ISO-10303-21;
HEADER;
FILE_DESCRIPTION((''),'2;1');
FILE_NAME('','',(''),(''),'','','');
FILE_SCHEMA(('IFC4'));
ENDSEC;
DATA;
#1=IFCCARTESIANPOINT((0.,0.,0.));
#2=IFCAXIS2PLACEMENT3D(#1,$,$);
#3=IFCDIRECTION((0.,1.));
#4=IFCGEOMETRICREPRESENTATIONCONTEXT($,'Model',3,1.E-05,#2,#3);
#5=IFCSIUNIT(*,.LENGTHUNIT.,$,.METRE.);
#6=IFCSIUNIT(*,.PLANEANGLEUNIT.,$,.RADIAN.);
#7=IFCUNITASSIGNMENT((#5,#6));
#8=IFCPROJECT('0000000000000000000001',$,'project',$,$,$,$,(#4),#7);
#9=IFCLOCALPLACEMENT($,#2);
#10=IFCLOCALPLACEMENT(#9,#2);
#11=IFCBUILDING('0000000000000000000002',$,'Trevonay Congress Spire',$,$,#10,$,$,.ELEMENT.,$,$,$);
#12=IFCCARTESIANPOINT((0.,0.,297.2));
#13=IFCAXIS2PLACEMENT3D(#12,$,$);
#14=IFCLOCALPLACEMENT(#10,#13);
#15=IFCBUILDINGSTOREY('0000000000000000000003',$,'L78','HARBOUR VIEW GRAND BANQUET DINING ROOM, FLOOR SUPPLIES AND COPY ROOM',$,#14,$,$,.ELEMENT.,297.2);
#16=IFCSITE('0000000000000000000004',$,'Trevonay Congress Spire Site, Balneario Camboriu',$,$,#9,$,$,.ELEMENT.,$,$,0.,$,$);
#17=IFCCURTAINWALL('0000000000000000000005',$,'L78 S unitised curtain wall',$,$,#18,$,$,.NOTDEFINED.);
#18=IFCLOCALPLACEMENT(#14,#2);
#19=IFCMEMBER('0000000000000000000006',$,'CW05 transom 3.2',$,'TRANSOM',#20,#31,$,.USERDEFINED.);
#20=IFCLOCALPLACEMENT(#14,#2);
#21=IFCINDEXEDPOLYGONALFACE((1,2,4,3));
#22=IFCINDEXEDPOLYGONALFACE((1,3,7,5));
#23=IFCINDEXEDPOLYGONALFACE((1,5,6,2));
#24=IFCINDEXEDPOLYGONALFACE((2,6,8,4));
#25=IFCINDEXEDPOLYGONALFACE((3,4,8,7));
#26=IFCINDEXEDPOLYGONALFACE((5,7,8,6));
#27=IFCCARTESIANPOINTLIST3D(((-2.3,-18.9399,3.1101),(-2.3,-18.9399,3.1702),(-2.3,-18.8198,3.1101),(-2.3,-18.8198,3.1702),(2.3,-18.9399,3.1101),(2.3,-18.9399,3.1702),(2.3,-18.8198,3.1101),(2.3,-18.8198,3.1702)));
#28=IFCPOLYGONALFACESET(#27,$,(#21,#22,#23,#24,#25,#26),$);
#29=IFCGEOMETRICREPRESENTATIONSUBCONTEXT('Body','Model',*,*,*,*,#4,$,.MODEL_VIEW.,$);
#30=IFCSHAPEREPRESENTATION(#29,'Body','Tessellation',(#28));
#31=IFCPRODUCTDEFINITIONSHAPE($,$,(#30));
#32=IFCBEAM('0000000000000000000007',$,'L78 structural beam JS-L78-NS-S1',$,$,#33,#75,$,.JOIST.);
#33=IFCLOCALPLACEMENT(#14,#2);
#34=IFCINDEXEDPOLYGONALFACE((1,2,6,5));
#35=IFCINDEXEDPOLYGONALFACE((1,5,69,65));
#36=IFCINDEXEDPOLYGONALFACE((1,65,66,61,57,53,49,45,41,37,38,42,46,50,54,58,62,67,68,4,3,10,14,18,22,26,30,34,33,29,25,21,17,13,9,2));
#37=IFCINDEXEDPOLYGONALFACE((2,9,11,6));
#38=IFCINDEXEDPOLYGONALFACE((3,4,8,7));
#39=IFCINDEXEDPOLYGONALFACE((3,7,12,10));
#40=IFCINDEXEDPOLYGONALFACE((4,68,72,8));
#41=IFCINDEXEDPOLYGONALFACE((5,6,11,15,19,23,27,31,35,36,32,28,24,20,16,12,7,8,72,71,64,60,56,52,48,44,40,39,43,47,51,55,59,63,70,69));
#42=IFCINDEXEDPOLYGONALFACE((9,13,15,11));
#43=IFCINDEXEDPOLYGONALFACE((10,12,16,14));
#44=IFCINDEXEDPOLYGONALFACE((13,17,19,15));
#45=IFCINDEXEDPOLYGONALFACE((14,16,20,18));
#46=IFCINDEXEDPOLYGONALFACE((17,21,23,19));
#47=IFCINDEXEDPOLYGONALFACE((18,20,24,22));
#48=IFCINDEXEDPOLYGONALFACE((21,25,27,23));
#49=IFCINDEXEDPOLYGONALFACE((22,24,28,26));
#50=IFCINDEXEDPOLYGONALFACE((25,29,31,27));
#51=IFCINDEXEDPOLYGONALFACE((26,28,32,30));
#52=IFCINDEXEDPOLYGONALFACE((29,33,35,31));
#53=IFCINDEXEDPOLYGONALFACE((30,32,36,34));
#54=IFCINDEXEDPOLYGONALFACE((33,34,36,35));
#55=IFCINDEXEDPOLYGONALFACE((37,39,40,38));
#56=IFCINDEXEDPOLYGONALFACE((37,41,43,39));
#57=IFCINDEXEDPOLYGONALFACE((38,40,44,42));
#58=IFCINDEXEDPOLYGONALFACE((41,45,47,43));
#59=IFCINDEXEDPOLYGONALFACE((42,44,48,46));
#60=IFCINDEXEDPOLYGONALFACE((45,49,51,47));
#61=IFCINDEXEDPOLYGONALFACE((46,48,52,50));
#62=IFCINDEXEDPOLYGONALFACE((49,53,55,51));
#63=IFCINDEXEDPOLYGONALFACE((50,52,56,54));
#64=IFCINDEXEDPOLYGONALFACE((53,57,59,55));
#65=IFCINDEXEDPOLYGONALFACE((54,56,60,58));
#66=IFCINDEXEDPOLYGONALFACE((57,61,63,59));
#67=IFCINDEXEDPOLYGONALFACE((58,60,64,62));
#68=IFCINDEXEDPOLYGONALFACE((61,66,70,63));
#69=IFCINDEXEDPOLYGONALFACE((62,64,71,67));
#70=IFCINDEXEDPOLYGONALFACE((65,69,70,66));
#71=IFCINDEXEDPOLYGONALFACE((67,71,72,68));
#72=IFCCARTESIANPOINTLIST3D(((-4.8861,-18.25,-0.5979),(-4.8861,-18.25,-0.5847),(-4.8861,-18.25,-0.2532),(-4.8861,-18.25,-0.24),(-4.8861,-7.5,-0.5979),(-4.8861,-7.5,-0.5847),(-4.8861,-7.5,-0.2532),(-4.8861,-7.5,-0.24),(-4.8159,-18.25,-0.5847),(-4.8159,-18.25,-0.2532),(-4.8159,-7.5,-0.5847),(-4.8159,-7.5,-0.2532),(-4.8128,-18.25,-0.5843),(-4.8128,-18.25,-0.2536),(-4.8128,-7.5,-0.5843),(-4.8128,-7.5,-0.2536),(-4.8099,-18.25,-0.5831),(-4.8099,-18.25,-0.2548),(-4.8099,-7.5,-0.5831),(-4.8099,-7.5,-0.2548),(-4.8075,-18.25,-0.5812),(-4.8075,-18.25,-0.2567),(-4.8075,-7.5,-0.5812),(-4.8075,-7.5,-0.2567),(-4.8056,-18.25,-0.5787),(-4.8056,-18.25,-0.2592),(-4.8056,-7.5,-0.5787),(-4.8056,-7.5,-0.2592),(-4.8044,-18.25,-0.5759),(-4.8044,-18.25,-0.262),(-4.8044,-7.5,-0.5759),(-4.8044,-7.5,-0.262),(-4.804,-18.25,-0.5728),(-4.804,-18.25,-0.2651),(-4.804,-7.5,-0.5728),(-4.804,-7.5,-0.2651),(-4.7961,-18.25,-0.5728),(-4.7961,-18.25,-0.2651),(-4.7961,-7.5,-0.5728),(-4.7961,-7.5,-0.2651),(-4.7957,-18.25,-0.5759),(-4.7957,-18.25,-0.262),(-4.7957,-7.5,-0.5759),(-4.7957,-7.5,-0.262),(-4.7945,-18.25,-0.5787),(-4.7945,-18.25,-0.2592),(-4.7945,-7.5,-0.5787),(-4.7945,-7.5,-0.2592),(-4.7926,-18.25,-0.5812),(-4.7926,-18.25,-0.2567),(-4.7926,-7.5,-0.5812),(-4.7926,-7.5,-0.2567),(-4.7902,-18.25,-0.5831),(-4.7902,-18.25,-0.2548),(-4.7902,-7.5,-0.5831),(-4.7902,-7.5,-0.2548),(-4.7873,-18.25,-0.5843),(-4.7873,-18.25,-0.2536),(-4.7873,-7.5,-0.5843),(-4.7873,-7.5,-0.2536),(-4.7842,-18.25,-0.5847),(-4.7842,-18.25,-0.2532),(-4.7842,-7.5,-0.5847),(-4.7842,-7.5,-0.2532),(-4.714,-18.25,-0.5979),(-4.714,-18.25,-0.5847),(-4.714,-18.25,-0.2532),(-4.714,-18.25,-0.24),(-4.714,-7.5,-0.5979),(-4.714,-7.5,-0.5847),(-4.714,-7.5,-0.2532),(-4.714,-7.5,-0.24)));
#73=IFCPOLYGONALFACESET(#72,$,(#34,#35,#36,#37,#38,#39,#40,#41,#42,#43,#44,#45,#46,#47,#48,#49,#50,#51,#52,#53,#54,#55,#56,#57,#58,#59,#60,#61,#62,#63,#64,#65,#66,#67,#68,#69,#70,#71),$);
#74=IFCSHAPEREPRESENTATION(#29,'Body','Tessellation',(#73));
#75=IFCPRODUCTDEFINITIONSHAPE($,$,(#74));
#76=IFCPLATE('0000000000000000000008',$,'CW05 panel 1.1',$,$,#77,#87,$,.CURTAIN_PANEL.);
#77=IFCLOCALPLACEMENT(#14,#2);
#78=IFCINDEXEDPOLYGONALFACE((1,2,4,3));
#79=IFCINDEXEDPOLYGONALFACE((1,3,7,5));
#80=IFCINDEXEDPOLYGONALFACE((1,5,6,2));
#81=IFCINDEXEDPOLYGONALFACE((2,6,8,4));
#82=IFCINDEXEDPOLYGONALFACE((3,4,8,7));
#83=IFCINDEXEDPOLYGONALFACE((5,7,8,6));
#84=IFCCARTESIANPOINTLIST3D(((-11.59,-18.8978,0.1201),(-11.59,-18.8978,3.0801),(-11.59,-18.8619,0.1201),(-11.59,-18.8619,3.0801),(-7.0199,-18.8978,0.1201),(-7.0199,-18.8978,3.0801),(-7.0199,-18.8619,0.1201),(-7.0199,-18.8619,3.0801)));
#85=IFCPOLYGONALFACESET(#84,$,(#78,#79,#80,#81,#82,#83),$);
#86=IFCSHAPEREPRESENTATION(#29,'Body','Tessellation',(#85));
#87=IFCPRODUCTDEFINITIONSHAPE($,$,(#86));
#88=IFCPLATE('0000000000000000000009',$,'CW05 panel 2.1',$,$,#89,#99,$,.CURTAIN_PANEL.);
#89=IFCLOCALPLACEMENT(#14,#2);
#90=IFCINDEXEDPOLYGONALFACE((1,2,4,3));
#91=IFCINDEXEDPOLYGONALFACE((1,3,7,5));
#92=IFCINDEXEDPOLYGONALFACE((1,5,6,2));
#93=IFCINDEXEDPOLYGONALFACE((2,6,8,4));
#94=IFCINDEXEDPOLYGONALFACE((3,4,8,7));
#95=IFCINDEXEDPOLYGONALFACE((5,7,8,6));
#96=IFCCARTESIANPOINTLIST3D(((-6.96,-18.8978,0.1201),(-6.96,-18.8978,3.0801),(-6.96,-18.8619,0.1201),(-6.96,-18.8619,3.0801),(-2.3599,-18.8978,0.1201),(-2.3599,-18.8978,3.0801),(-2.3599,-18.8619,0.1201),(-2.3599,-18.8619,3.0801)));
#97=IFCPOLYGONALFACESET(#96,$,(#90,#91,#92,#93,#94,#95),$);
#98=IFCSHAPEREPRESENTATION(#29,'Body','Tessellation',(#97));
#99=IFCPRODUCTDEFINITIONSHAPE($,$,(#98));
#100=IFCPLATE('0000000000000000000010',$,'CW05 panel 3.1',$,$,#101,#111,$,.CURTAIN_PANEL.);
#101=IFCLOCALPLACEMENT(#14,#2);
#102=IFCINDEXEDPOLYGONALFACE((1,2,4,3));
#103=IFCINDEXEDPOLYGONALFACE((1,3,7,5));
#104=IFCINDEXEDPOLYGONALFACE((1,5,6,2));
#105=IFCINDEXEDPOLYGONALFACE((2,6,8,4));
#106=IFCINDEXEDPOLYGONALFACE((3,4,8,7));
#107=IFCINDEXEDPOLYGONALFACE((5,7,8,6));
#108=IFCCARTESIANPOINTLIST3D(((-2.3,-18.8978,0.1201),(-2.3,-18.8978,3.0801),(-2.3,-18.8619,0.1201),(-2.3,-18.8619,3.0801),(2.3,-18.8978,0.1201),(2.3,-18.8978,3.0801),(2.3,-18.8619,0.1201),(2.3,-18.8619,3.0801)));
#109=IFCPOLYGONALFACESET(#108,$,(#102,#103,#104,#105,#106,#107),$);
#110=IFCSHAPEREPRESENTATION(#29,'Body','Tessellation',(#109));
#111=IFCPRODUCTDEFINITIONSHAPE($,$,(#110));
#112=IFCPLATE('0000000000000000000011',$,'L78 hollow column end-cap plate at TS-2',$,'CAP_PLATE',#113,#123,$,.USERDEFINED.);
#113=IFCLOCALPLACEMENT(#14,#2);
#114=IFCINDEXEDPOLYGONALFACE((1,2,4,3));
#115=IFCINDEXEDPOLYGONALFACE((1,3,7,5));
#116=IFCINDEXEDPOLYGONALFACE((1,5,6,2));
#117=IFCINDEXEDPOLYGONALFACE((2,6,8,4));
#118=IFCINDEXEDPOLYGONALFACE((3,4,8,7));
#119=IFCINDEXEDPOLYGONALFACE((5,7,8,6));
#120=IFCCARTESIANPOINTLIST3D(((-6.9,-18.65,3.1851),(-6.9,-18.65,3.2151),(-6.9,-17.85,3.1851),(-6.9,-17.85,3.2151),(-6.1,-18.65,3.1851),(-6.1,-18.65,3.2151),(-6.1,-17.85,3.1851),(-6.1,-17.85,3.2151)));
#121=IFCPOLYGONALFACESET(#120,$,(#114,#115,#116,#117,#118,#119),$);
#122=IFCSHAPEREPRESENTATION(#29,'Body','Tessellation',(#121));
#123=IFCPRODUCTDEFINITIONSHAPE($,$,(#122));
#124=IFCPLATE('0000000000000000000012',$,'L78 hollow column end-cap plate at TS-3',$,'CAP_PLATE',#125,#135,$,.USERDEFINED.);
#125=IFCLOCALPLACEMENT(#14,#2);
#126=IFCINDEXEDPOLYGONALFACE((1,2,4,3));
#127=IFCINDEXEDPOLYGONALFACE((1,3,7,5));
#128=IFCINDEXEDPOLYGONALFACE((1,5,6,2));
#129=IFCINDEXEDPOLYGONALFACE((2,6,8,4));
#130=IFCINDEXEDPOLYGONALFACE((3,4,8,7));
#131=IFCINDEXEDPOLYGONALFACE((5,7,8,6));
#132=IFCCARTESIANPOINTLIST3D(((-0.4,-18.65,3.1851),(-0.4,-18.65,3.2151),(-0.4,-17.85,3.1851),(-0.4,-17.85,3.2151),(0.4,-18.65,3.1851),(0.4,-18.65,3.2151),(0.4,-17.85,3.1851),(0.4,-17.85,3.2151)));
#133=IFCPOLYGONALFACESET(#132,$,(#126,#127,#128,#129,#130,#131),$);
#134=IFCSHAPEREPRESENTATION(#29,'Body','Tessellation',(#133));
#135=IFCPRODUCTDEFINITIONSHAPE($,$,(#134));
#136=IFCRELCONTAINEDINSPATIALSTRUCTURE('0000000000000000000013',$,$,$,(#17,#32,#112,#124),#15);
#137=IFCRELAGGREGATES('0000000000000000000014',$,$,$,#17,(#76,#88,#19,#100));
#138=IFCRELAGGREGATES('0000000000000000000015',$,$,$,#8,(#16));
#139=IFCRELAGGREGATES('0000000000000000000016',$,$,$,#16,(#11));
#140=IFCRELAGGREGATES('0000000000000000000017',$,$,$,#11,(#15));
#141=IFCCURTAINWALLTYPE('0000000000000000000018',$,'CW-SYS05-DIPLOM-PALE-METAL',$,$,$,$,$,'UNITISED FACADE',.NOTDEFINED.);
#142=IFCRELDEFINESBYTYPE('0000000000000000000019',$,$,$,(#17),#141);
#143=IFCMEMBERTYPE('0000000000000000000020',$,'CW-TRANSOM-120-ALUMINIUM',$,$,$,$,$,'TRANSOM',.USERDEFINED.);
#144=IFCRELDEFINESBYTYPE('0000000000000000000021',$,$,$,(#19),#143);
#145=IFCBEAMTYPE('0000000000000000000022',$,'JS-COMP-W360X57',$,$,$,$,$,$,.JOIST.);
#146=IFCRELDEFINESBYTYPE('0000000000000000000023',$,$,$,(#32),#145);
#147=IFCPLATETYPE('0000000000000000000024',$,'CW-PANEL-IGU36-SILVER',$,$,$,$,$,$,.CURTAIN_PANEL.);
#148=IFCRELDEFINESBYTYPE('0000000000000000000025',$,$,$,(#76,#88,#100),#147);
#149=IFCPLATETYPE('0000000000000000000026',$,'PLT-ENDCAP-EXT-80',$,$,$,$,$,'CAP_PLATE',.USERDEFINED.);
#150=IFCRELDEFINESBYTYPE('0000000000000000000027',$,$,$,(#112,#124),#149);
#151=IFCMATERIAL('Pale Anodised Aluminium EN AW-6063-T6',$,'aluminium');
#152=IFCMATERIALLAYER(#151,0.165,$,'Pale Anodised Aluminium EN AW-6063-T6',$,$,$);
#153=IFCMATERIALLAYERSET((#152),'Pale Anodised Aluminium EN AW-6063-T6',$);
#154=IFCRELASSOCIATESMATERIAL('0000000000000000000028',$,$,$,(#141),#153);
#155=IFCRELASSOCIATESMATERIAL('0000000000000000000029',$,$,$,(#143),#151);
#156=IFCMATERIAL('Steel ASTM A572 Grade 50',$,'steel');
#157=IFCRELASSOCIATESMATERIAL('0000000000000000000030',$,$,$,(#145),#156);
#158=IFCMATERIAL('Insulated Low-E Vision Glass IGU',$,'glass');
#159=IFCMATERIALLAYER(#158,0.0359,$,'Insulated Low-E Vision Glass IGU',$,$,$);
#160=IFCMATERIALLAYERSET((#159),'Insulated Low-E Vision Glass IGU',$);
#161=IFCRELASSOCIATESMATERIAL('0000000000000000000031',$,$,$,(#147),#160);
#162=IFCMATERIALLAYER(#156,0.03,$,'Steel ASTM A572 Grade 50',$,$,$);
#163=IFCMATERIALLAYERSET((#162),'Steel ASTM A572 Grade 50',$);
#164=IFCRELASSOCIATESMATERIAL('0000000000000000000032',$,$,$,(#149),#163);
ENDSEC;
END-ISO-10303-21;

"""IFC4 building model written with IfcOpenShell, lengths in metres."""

from ifc_helpers import new_model, si_unit, direction, frame, origin, origin_2d, place, context, subcontext, project, spatial, rectangle, i_section, extrude, material, layer, layer_set, material_profile, profile_set, type_object, element, aggregate, save


model = new_model("IFC4")

# Units and contexts
model_context = context("Model", 3, precision=1e-05, world=origin(), true_north=direction((0.0, 1.0)))
body_context = subcontext(model_context, "Body", "Model", "MODEL_VIEW")
ifc_project = project(units=[si_unit("LENGTHUNIT", "METRE"), si_unit("PLANEANGLEUNIT", "RADIAN")], contexts=[model_context])

# Site, building, storey
site_placement = place(None, origin())
site = spatial("IfcSite", under=ifc_project, at=site_placement, Name="Trevonay Congress Spire Site, Balneario Camboriu", CompositionType="ELEMENT", RefElevation=0.0)
building_placement = place(site_placement, origin())
building = spatial("IfcBuilding", under=site, at=building_placement, Name="Trevonay Congress Spire", CompositionType="ELEMENT")
storey_placement = place(building_placement, frame((0.0, 0.0, 297.2)))
storey = spatial("IfcBuildingStorey", under=building, at=storey_placement, Name="L78", Description="HARBOUR VIEW GRAND BANQUET DINING ROOM, FLOOR SUPPLIES AND COPY ROOM", CompositionType="ELEMENT", Elevation=297.2)

# Shared definitions
ifc_material_1 = material(Name="Steel ASTM A572 Grade 50", Category="steel")

# Curtain wall, member
ifc_material_2 = material(Name="Pale Anodised Aluminium EN AW-6063-T6", Category="aluminium")
ifc_layer_1 = layer(ifc_material_2, 0.165, Name="Pale Anodised Aluminium EN AW-6063-T6")
ifc_layer_set_1 = layer_set([ifc_layer_1], Name="Pale Anodised Aluminium EN AW-6063-T6")
curtain_wall_type = type_object("IfcCurtainWallType", Name="CW-SYS05-DIPLOM-PALE-METAL", ElementType="UNITISED FACADE", PredefinedType="NOTDEFINED", material=ifc_layer_set_1)
curtain_wall_placement = place(storey_placement, origin())
curtain_wall = element("IfcCurtainWall", 1, at=curtain_wall_placement, inside=storey, type_object=curtain_wall_type, Name="L78 S unitised curtain wall", PredefinedType="NOTDEFINED")
ifc_material_profile_1 = material_profile(ifc_material_2, rectangle(XDim=0.1201, YDim=0.0601, at=origin_2d()), Name="CW-TRANSOM-120-ALUMINIUM")
ifc_profile_set_1 = profile_set([ifc_material_profile_1], Name="Pale Anodised Aluminium EN AW-6063-T6")
member_type_1 = type_object("IfcMemberType", Name="CW-TRANSOM-120-ALUMINIUM", ElementType="TRANSOM", PredefinedType="USERDEFINED", material=ifc_profile_set_1)
member_1_placement = place(storey_placement, frame((-2.3, -18.8799, 3.1401), z_axis=(1.0, 0.0, 0.0), x_axis=(0.0, 1.0, 0.0)))
member_1 = element("IfcMember", 2, at=member_1_placement, type_object=member_type_1, Name="CW05 transom 3.2", ObjectType="TRANSOM", PredefinedType="USERDEFINED", context=body_context, shape_type="SweptSolid", body=[
    extrude(rectangle(XDim=0.1201, YDim=0.0601, at=origin_2d()), origin(), (0.0, 0.0, 1.0), 4.6001),
])

# Beam
ifc_material_profile_2 = material_profile(ifc_material_1, i_section(OverallWidth=0.1721, OverallDepth=0.3579, WebThickness=0.0078, FlangeThickness=0.0132, FilletRadius=0.012, at=origin_2d()), Name="W360x57.8")
ifc_profile_set_2 = profile_set([ifc_material_profile_2], Name="Steel ASTM A572 Grade 50")
beam_type_1 = type_object("IfcBeamType", Name="JS-COMP-W360X57", PredefinedType="JOIST", material=ifc_profile_set_2)
beam_placement = place(storey_placement, frame((-4.8, -18.25, -0.4189), z_axis=(0.0, 1.0, 0.0), x_axis=(-1.0, 0.0, 0.0)))
element("IfcBeam", 3, at=beam_placement, inside=storey, type_object=beam_type_1, Name="L78 structural beam JS-L78-NS-S1", PredefinedType="JOIST", context=body_context, shape_type="SweptSolid", body=[
    extrude(i_section(OverallWidth=0.1721, OverallDepth=0.3579, WebThickness=0.0078, FlangeThickness=0.0132, FilletRadius=0.012, at=origin_2d()), origin(), (0.0, 0.0, 1.0), 10.75),
])

# Plates
ifc_material_3 = material(Name="Insulated Low-E Vision Glass IGU", Category="glass")
ifc_layer_2 = layer(ifc_material_3, 0.0359, Name="Insulated Low-E Vision Glass IGU")
ifc_layer_set_2 = layer_set([ifc_layer_2], Name="Insulated Low-E Vision Glass IGU")
plate_type_1 = type_object("IfcPlateType", Name="CW-PANEL-IGU36-SILVER", PredefinedType="CURTAIN_PANEL", material=ifc_layer_set_2)
plate_1_placement = place(storey_placement, frame((-9.3049, -18.8799, 0.1201), z_axis=(0.0, 0.0, 1.0), x_axis=(1.0, 0.0, 0.0)))
plate_1 = element("IfcPlate", 4, at=plate_1_placement, type_object=plate_type_1, Name="CW05 panel 1.1", PredefinedType="CURTAIN_PANEL", context=body_context, shape_type="SweptSolid", body=[
    extrude(rectangle(XDim=4.5701, YDim=0.0359, at=origin_2d()), origin(), (0.0, 0.0, 1.0), 2.96),
])
plate_2_placement = place(storey_placement, frame((-4.6599, -18.8799, 0.1201), z_axis=(0.0, 0.0, 1.0), x_axis=(1.0, 0.0, 0.0)))
plate_2 = element("IfcPlate", 5, at=plate_2_placement, type_object=plate_type_1, Name="CW05 panel 2.1", PredefinedType="CURTAIN_PANEL", context=body_context, shape_type="SweptSolid", body=[
    extrude(rectangle(XDim=4.6001, YDim=0.0359, at=origin_2d()), origin(), (0.0, 0.0, 1.0), 2.96),
])
plate_3_placement = place(storey_placement, frame((0.0, -18.8799, 0.1201), z_axis=(0.0, 0.0, 1.0), x_axis=(1.0, 0.0, 0.0)))
plate_3 = element("IfcPlate", 6, at=plate_3_placement, type_object=plate_type_1, Name="CW05 panel 3.1", PredefinedType="CURTAIN_PANEL", context=body_context, shape_type="SweptSolid", body=[
    extrude(rectangle(XDim=4.6001, YDim=0.0359, at=origin_2d()), origin(), (0.0, 0.0, 1.0), 2.96),
])
aggregate(curtain_wall, [plate_1, plate_2, member_1, plate_3])

# Plates
ifc_layer_3 = layer(ifc_material_1, 0.03, Name="Steel ASTM A572 Grade 50")
ifc_layer_set_3 = layer_set([ifc_layer_3], Name="Steel ASTM A572 Grade 50")
plate_type_2 = type_object("IfcPlateType", Name="PLT-ENDCAP-EXT-80", ElementType="CAP_PLATE", PredefinedType="USERDEFINED", material=ifc_layer_set_3)
for number, where, z_axis, x_axis, name in (
    (7, (-6.5, -18.25, 3.1851), (0.0, 0.0, 1.0), (1.0, 0.0, 0.0), "L78 hollow column end-cap plate at TS-2"),
    (8, (0.0, -18.25, 3.1851), (0.0, 0.0, 1.0), (1.0, 0.0, 0.0), "L78 hollow column end-cap plate at TS-3"),
):
    element("IfcPlate", number, at=place(storey_placement, frame(where, z_axis=z_axis, x_axis=x_axis)), inside=storey, type_object=plate_type_2, Name=name, ObjectType="CAP_PLATE", PredefinedType="USERDEFINED", context=body_context, shape_type="SweptSolid", body=[
        extrude(rectangle(XDim=0.8, YDim=0.8, at=origin_2d()), origin(), (0.0, 0.0, 1.0), 0.03),
    ])

save(model, "model.ifc")
